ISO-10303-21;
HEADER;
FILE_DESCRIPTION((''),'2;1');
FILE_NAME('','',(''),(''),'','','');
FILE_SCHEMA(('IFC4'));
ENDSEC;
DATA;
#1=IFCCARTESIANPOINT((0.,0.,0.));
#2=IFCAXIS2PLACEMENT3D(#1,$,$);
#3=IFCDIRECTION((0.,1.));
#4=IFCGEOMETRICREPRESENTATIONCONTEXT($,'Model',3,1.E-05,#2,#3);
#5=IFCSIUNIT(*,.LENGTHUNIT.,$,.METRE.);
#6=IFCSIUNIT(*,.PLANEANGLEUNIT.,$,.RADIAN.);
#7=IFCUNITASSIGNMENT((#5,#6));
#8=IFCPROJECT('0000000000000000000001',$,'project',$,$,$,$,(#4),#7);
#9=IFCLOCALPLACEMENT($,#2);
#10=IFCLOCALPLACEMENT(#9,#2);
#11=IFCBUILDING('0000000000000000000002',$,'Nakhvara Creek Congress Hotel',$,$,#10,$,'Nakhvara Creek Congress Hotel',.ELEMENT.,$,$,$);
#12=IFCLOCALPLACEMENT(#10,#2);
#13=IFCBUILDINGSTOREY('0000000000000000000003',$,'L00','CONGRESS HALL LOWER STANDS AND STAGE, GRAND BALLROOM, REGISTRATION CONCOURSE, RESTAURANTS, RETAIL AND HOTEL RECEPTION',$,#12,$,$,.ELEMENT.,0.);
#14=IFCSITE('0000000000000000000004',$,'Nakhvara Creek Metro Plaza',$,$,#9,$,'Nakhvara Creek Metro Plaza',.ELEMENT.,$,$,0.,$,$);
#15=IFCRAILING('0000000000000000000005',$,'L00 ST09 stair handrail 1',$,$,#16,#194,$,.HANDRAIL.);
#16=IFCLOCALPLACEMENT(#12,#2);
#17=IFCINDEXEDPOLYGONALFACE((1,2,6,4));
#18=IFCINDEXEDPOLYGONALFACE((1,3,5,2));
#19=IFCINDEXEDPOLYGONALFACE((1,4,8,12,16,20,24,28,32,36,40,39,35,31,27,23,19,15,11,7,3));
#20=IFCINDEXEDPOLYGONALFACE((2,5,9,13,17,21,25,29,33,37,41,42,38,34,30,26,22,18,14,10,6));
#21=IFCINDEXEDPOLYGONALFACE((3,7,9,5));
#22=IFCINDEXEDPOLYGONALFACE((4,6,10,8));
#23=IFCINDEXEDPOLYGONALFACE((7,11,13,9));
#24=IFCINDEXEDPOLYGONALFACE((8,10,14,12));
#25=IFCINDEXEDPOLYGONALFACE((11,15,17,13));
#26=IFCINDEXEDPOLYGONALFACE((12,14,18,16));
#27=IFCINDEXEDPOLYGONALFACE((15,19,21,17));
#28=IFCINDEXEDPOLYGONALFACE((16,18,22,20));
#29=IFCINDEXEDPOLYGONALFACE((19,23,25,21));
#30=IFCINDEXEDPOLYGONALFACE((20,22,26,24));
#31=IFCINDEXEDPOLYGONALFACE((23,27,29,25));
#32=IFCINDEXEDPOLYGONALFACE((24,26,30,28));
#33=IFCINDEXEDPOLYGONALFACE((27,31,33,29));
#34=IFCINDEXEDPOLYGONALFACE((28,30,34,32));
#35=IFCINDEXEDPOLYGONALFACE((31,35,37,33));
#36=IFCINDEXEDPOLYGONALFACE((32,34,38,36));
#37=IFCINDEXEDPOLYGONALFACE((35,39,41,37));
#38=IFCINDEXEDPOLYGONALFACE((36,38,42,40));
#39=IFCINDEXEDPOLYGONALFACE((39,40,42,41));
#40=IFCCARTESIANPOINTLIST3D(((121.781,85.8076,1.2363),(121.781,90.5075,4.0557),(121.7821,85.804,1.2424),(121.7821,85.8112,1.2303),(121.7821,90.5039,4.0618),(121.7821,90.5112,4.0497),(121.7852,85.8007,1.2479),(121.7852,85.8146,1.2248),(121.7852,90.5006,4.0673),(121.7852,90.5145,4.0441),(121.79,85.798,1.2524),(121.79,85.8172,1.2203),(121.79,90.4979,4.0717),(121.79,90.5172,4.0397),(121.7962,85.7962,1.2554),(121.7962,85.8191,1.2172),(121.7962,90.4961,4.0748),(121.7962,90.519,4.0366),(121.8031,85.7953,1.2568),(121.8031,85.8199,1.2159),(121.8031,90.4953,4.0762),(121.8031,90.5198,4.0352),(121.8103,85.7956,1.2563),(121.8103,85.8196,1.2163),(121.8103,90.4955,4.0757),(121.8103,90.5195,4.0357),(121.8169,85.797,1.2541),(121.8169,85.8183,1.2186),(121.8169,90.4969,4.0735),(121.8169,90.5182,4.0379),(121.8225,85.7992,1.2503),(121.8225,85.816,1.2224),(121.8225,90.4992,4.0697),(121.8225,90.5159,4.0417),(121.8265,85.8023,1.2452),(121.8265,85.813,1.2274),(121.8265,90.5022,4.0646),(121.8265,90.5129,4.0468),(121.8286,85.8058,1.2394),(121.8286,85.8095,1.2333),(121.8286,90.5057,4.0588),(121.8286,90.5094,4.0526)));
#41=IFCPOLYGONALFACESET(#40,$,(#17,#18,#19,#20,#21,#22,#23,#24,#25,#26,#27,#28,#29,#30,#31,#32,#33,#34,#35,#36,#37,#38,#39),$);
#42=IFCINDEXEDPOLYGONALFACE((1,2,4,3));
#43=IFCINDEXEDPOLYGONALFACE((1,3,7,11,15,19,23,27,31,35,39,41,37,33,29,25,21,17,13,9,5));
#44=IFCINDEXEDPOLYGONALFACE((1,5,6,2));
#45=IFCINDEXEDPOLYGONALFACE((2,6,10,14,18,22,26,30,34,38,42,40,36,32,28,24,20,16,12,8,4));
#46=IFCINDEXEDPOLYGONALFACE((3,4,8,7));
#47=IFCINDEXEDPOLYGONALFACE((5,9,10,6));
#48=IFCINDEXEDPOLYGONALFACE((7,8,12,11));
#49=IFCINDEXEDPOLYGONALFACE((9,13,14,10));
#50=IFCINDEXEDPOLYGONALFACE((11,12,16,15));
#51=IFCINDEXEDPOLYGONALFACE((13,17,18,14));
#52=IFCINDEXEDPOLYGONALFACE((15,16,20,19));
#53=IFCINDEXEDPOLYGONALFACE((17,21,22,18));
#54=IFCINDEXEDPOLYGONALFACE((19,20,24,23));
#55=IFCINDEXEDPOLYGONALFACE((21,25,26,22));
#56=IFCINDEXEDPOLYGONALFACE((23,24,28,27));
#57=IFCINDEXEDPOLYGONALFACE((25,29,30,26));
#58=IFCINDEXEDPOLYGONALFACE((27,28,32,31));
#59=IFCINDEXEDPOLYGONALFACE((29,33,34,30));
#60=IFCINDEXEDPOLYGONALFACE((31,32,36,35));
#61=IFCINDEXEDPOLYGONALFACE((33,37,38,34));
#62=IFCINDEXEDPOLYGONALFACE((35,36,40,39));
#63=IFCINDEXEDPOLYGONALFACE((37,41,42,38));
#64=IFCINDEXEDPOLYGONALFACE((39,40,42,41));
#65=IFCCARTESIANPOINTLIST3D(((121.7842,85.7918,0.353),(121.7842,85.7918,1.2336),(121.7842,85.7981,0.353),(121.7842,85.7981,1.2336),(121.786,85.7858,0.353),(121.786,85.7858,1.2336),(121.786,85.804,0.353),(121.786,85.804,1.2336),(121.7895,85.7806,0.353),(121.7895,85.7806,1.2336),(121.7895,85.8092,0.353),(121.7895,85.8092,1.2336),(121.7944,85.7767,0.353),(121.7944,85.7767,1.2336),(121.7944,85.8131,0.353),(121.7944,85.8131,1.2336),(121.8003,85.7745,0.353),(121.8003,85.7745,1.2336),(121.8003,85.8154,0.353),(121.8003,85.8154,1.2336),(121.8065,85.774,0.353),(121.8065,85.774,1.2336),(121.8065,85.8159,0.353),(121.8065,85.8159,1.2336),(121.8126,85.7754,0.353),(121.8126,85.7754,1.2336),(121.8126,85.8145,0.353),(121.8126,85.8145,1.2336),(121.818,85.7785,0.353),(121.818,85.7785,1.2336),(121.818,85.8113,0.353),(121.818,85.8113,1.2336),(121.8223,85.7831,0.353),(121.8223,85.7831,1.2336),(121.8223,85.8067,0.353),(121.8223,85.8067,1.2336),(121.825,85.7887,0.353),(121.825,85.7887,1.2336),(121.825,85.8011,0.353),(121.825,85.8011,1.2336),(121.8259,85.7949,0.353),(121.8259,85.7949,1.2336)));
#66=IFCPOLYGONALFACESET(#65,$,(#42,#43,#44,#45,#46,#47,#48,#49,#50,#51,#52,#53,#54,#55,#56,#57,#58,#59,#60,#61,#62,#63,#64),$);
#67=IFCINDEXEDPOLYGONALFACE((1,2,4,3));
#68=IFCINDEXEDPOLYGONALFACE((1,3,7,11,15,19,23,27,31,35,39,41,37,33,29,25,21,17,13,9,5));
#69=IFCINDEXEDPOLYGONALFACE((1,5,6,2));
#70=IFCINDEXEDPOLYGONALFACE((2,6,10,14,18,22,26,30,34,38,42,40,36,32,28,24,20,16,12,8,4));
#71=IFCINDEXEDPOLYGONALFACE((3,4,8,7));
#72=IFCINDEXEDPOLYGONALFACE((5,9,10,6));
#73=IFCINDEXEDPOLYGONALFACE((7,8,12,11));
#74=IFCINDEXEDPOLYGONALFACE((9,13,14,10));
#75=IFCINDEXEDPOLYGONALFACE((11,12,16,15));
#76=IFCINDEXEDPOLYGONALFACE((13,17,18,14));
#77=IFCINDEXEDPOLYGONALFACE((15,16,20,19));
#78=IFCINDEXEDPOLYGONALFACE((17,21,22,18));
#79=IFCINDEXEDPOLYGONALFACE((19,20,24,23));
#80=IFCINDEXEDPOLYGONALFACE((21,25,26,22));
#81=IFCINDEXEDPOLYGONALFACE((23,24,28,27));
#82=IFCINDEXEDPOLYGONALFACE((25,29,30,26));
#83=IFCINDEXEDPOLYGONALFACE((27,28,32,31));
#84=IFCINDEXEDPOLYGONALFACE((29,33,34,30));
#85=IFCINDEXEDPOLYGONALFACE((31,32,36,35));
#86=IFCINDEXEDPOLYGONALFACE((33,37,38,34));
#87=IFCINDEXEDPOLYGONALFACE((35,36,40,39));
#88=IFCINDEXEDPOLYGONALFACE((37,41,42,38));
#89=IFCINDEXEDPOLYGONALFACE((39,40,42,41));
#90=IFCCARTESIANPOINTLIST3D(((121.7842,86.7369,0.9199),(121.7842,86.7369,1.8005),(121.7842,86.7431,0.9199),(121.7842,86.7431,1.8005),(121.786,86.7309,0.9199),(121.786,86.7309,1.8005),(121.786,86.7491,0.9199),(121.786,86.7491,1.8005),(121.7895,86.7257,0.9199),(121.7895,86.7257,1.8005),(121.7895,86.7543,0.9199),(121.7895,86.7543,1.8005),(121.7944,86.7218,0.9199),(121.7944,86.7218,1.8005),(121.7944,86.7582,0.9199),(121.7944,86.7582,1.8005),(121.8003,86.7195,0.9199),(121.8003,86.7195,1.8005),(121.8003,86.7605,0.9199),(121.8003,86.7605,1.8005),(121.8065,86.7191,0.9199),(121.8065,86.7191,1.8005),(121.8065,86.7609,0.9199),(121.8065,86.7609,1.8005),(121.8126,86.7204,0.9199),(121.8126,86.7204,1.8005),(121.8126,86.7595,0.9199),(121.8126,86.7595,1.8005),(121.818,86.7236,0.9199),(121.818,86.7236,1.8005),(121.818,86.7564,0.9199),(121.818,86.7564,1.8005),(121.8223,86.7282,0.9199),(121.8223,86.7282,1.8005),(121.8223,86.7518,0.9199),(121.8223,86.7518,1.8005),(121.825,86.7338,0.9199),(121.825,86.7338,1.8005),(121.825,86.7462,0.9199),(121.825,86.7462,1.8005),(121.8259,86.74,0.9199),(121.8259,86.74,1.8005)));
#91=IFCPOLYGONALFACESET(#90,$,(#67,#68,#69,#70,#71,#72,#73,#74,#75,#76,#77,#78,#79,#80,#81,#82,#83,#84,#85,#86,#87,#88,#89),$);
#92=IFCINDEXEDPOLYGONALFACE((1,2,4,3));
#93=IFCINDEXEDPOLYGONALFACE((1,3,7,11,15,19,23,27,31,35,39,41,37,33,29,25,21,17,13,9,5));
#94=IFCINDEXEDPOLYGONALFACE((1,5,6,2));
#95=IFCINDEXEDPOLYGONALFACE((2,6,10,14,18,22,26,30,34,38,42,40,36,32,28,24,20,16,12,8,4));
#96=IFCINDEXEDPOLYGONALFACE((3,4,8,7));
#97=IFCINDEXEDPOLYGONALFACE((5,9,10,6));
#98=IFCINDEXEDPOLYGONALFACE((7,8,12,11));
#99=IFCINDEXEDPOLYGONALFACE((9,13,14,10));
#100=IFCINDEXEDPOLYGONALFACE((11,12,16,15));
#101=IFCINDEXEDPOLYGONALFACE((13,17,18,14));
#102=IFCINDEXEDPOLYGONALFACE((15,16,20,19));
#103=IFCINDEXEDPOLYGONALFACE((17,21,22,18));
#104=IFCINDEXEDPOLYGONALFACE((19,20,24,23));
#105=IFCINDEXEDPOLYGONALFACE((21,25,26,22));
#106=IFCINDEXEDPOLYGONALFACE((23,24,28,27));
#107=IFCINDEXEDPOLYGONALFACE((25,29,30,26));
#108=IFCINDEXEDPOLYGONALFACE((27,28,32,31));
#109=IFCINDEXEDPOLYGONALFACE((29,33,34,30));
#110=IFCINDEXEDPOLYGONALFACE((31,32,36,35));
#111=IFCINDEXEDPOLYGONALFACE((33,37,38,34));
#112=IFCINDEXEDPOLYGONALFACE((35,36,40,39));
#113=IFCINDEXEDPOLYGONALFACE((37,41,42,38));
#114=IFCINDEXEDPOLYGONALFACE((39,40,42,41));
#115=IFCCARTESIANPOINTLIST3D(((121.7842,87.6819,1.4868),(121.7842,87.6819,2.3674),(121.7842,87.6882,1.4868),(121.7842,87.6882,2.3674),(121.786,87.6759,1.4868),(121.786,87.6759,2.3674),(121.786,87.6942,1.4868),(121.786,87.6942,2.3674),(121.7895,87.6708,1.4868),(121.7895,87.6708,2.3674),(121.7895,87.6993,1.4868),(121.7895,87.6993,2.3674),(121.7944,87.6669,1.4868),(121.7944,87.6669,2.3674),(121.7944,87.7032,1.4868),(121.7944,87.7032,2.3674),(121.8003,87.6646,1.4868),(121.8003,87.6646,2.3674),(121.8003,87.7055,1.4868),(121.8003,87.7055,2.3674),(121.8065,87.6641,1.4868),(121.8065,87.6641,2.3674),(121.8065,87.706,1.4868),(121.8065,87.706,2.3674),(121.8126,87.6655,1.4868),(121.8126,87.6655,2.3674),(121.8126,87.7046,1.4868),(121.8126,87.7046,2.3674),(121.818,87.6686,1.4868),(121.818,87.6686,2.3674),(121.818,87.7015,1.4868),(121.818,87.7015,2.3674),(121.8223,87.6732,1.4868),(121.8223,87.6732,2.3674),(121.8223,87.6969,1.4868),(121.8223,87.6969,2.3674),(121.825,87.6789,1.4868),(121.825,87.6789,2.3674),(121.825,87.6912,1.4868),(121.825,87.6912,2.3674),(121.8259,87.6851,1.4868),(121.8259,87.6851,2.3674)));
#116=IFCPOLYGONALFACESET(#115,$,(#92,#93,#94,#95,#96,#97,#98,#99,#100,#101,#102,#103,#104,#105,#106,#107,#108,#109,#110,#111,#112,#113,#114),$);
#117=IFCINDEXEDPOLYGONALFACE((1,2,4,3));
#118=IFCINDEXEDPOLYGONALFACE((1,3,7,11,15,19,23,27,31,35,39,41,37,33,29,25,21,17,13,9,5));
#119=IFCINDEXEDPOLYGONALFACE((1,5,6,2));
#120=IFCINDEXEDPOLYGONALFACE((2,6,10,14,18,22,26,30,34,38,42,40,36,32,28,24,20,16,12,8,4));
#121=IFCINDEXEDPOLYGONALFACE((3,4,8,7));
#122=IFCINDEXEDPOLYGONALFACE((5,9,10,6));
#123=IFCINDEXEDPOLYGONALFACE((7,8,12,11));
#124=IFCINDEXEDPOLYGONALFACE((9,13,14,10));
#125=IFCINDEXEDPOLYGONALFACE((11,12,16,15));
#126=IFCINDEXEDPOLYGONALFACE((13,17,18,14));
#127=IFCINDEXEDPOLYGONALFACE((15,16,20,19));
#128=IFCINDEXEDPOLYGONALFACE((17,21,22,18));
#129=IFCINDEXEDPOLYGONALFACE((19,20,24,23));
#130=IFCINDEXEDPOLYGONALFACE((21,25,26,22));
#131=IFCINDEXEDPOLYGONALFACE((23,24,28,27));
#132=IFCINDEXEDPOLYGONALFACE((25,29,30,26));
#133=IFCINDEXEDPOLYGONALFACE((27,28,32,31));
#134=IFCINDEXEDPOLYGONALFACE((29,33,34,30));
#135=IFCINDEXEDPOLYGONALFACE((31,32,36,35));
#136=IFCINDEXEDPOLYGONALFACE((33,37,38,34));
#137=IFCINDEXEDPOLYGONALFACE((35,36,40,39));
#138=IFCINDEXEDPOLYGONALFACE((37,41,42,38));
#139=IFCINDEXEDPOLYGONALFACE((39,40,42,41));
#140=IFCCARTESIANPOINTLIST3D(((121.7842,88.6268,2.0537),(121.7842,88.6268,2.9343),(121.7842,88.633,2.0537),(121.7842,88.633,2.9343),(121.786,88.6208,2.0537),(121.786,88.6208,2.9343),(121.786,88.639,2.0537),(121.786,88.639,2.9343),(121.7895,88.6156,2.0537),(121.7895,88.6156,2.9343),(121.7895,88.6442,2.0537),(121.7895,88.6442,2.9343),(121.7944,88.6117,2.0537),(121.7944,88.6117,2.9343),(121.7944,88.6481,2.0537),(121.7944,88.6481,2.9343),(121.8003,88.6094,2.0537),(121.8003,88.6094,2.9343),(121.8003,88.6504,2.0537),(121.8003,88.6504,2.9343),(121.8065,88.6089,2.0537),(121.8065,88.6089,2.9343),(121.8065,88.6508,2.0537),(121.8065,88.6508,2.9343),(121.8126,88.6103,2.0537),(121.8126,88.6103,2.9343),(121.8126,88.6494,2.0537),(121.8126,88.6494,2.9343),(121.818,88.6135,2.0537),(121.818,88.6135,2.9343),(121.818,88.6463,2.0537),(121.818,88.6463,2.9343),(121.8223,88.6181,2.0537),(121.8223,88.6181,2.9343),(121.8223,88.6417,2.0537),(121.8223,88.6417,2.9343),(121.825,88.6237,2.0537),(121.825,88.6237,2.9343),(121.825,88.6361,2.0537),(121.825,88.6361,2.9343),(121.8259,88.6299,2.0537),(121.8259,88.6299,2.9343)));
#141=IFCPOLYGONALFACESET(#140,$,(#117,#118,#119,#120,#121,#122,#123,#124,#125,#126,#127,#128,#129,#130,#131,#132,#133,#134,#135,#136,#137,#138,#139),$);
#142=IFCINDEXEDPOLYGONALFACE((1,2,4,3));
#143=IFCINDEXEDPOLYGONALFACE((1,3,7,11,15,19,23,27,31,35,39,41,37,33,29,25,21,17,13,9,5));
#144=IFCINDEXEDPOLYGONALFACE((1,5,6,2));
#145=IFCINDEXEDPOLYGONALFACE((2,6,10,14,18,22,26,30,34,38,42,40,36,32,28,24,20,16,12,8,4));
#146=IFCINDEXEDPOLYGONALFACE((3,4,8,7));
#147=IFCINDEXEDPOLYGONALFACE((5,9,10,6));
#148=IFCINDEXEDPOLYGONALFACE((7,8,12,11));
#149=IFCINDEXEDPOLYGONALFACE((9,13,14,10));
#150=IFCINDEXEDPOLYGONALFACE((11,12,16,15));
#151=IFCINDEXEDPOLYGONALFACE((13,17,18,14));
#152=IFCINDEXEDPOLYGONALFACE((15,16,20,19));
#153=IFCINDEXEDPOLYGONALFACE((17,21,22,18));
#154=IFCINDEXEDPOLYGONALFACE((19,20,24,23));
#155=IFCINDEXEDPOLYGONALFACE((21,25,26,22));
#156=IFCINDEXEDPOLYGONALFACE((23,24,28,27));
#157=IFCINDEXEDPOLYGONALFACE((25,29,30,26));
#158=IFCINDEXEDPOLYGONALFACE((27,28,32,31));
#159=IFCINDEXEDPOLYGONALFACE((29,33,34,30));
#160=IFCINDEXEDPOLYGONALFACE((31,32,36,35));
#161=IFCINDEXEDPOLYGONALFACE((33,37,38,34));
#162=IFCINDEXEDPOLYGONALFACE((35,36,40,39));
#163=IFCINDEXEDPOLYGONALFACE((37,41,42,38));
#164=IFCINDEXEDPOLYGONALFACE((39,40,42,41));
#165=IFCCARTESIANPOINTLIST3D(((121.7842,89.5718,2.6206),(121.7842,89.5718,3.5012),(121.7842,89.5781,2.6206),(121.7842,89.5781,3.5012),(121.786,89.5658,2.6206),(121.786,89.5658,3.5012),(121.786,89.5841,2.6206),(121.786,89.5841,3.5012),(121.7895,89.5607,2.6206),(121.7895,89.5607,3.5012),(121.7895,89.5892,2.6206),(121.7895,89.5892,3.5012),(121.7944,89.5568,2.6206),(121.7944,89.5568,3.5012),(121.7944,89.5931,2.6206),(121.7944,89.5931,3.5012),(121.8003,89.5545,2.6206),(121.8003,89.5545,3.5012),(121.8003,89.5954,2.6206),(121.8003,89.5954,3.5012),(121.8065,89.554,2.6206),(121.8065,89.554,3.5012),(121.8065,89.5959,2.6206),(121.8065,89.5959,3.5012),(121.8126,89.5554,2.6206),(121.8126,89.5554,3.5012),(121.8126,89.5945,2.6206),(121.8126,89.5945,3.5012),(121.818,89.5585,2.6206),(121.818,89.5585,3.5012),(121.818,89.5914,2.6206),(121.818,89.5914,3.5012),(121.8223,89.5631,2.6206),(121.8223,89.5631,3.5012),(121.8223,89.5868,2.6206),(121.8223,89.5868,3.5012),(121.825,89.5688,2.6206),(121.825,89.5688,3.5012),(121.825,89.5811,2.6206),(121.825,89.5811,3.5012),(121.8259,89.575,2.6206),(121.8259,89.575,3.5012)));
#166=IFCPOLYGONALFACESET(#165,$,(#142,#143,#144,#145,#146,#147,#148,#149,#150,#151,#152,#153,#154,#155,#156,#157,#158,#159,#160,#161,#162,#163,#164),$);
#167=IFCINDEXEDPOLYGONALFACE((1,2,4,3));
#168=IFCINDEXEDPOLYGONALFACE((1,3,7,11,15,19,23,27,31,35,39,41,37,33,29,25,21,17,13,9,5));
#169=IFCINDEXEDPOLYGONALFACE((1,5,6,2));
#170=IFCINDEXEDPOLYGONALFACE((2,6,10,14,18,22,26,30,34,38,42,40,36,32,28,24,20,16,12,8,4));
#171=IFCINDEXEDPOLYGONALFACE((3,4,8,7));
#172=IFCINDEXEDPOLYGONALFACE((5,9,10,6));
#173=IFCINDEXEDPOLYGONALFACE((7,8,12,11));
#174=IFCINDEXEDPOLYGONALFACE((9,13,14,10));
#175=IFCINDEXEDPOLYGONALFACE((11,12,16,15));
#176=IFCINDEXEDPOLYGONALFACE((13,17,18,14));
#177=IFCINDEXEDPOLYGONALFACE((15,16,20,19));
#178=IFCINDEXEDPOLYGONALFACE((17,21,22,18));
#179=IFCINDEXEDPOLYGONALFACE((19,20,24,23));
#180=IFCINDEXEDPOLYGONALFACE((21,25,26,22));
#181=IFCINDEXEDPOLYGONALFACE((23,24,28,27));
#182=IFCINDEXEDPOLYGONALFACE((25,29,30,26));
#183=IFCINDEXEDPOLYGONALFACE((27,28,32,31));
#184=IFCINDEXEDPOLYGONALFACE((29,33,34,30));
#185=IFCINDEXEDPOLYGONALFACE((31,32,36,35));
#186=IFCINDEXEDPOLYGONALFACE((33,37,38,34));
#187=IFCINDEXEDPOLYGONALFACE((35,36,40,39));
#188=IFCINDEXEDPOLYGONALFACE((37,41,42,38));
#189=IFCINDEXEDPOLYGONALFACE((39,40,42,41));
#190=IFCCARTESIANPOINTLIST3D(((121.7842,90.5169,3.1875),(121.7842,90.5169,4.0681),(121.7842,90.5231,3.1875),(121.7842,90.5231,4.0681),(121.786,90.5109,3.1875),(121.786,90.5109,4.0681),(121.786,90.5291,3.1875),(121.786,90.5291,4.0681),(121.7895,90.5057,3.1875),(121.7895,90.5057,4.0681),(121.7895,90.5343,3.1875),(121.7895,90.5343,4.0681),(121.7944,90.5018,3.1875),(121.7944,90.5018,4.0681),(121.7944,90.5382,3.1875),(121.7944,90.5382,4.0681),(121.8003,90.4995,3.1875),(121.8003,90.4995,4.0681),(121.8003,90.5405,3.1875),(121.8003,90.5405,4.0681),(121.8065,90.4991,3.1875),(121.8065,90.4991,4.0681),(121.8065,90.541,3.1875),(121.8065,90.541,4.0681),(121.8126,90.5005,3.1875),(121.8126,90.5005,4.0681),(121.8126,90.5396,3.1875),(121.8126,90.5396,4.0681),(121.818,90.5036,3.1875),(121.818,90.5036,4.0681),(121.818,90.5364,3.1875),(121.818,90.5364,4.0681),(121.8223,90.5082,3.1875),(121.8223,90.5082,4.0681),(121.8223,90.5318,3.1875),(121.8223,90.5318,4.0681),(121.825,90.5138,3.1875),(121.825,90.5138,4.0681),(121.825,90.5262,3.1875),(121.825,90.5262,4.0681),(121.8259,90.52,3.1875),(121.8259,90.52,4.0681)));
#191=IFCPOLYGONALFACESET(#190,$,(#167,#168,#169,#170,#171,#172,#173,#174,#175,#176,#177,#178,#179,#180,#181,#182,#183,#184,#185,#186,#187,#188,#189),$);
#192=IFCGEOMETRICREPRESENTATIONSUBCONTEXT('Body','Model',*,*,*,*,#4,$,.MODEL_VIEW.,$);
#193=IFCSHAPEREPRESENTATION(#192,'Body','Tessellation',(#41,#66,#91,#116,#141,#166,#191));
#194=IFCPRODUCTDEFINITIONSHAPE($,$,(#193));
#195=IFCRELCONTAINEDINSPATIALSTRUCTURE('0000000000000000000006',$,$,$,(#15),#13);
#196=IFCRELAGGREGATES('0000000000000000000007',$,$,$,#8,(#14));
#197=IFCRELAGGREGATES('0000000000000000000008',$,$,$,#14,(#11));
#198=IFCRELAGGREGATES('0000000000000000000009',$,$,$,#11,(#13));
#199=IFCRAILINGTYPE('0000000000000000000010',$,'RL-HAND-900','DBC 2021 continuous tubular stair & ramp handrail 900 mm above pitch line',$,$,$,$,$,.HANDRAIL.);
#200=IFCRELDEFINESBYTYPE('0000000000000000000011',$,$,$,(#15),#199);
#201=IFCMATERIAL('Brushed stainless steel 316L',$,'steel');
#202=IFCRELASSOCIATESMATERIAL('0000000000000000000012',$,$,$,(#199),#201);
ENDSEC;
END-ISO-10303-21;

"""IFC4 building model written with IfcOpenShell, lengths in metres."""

from ifc_helpers import new_model, si_unit, direction, frame, origin, origin_2d, place, context, subcontext, project, spatial, circle, extrude, material, type_object, element, save


model = new_model("IFC4")

# Units and contexts
model_context = context("Model", 3, precision=1e-05, world=origin(), true_north=direction((0.0, 1.0)))
body_context = subcontext(model_context, "Body", "Model", "MODEL_VIEW")
ifc_project = project(units=[si_unit("LENGTHUNIT", "METRE"), si_unit("PLANEANGLEUNIT", "RADIAN")], contexts=[model_context])

# Site, building, storey
site_placement = place(None, origin())
site = spatial("IfcSite", under=ifc_project, at=site_placement, Name="Nakhvara Creek Metro Plaza", LongName="Nakhvara Creek Metro Plaza", CompositionType="ELEMENT", RefElevation=0.0)
building_placement = place(site_placement, origin())
building = spatial("IfcBuilding", under=site, at=building_placement, Name="Nakhvara Creek Congress Hotel", LongName="Nakhvara Creek Congress Hotel", CompositionType="ELEMENT")
storey_placement = place(building_placement, origin())
storey = spatial("IfcBuildingStorey", under=building, at=storey_placement, Name="L00", Description="CONGRESS HALL LOWER STANDS AND STAGE, GRAND BALLROOM, REGISTRATION CONCOURSE, RESTAURANTS, RETAIL AND HOTEL RECEPTION", CompositionType="ELEMENT", Elevation=0.0)

# Railing
ifc_material_1 = material(Name="Brushed stainless steel 316L", Category="steel")
railing_type_1 = type_object("IfcRailingType", Name="RL-HAND-900", Description="DBC 2021 continuous tubular stair & ramp handrail 900 mm above pitch line", PredefinedType="HANDRAIL", material=ifc_material_1)
railing_1_placement = place(storey_placement, frame((121.8049, 85.7949, 0.353)))
element("IfcRailing", 1, at=railing_1_placement, inside=storey, type_object=railing_type_1, Name="L00 ST09 stair handrail 1", PredefinedType="HANDRAIL", context=body_context, shape_type="SweptSolid", body=[
    extrude(circle(Radius=0.0239, at=origin_2d()), frame((0.0, 0.0127, 0.8833), z_axis=(0.0, 0.85754, 0.514418), x_axis=(-1.0, 0.0, 0.0)), (0.0, 0.0, 1.0), 5.4807),
    extrude(circle(Radius=0.021, at=origin_2d()), origin(), (0.0, 0.0, 1.0), 0.8806),
    extrude(circle(Radius=0.021, at=origin_2d()), frame((0.0, 0.9451, 0.5669)), (0.0, 0.0, 1.0), 0.8806),
    extrude(circle(Radius=0.021, at=origin_2d()), frame((0.0, 1.8901, 1.1338)), (0.0, 0.0, 1.0), 0.8806),
    extrude(circle(Radius=0.021, at=origin_2d()), frame((0.0, 2.835, 1.7007)), (0.0, 0.0, 1.0), 0.8806),
    extrude(circle(Radius=0.021, at=origin_2d()), frame((0.0, 3.78, 2.2676)), (0.0, 0.0, 1.0), 0.8806),
    extrude(circle(Radius=0.021, at=origin_2d()), frame((0.0, 4.7251, 2.8345)), (0.0, 0.0, 1.0), 0.8806),
])

save(model, "model.ifc")
